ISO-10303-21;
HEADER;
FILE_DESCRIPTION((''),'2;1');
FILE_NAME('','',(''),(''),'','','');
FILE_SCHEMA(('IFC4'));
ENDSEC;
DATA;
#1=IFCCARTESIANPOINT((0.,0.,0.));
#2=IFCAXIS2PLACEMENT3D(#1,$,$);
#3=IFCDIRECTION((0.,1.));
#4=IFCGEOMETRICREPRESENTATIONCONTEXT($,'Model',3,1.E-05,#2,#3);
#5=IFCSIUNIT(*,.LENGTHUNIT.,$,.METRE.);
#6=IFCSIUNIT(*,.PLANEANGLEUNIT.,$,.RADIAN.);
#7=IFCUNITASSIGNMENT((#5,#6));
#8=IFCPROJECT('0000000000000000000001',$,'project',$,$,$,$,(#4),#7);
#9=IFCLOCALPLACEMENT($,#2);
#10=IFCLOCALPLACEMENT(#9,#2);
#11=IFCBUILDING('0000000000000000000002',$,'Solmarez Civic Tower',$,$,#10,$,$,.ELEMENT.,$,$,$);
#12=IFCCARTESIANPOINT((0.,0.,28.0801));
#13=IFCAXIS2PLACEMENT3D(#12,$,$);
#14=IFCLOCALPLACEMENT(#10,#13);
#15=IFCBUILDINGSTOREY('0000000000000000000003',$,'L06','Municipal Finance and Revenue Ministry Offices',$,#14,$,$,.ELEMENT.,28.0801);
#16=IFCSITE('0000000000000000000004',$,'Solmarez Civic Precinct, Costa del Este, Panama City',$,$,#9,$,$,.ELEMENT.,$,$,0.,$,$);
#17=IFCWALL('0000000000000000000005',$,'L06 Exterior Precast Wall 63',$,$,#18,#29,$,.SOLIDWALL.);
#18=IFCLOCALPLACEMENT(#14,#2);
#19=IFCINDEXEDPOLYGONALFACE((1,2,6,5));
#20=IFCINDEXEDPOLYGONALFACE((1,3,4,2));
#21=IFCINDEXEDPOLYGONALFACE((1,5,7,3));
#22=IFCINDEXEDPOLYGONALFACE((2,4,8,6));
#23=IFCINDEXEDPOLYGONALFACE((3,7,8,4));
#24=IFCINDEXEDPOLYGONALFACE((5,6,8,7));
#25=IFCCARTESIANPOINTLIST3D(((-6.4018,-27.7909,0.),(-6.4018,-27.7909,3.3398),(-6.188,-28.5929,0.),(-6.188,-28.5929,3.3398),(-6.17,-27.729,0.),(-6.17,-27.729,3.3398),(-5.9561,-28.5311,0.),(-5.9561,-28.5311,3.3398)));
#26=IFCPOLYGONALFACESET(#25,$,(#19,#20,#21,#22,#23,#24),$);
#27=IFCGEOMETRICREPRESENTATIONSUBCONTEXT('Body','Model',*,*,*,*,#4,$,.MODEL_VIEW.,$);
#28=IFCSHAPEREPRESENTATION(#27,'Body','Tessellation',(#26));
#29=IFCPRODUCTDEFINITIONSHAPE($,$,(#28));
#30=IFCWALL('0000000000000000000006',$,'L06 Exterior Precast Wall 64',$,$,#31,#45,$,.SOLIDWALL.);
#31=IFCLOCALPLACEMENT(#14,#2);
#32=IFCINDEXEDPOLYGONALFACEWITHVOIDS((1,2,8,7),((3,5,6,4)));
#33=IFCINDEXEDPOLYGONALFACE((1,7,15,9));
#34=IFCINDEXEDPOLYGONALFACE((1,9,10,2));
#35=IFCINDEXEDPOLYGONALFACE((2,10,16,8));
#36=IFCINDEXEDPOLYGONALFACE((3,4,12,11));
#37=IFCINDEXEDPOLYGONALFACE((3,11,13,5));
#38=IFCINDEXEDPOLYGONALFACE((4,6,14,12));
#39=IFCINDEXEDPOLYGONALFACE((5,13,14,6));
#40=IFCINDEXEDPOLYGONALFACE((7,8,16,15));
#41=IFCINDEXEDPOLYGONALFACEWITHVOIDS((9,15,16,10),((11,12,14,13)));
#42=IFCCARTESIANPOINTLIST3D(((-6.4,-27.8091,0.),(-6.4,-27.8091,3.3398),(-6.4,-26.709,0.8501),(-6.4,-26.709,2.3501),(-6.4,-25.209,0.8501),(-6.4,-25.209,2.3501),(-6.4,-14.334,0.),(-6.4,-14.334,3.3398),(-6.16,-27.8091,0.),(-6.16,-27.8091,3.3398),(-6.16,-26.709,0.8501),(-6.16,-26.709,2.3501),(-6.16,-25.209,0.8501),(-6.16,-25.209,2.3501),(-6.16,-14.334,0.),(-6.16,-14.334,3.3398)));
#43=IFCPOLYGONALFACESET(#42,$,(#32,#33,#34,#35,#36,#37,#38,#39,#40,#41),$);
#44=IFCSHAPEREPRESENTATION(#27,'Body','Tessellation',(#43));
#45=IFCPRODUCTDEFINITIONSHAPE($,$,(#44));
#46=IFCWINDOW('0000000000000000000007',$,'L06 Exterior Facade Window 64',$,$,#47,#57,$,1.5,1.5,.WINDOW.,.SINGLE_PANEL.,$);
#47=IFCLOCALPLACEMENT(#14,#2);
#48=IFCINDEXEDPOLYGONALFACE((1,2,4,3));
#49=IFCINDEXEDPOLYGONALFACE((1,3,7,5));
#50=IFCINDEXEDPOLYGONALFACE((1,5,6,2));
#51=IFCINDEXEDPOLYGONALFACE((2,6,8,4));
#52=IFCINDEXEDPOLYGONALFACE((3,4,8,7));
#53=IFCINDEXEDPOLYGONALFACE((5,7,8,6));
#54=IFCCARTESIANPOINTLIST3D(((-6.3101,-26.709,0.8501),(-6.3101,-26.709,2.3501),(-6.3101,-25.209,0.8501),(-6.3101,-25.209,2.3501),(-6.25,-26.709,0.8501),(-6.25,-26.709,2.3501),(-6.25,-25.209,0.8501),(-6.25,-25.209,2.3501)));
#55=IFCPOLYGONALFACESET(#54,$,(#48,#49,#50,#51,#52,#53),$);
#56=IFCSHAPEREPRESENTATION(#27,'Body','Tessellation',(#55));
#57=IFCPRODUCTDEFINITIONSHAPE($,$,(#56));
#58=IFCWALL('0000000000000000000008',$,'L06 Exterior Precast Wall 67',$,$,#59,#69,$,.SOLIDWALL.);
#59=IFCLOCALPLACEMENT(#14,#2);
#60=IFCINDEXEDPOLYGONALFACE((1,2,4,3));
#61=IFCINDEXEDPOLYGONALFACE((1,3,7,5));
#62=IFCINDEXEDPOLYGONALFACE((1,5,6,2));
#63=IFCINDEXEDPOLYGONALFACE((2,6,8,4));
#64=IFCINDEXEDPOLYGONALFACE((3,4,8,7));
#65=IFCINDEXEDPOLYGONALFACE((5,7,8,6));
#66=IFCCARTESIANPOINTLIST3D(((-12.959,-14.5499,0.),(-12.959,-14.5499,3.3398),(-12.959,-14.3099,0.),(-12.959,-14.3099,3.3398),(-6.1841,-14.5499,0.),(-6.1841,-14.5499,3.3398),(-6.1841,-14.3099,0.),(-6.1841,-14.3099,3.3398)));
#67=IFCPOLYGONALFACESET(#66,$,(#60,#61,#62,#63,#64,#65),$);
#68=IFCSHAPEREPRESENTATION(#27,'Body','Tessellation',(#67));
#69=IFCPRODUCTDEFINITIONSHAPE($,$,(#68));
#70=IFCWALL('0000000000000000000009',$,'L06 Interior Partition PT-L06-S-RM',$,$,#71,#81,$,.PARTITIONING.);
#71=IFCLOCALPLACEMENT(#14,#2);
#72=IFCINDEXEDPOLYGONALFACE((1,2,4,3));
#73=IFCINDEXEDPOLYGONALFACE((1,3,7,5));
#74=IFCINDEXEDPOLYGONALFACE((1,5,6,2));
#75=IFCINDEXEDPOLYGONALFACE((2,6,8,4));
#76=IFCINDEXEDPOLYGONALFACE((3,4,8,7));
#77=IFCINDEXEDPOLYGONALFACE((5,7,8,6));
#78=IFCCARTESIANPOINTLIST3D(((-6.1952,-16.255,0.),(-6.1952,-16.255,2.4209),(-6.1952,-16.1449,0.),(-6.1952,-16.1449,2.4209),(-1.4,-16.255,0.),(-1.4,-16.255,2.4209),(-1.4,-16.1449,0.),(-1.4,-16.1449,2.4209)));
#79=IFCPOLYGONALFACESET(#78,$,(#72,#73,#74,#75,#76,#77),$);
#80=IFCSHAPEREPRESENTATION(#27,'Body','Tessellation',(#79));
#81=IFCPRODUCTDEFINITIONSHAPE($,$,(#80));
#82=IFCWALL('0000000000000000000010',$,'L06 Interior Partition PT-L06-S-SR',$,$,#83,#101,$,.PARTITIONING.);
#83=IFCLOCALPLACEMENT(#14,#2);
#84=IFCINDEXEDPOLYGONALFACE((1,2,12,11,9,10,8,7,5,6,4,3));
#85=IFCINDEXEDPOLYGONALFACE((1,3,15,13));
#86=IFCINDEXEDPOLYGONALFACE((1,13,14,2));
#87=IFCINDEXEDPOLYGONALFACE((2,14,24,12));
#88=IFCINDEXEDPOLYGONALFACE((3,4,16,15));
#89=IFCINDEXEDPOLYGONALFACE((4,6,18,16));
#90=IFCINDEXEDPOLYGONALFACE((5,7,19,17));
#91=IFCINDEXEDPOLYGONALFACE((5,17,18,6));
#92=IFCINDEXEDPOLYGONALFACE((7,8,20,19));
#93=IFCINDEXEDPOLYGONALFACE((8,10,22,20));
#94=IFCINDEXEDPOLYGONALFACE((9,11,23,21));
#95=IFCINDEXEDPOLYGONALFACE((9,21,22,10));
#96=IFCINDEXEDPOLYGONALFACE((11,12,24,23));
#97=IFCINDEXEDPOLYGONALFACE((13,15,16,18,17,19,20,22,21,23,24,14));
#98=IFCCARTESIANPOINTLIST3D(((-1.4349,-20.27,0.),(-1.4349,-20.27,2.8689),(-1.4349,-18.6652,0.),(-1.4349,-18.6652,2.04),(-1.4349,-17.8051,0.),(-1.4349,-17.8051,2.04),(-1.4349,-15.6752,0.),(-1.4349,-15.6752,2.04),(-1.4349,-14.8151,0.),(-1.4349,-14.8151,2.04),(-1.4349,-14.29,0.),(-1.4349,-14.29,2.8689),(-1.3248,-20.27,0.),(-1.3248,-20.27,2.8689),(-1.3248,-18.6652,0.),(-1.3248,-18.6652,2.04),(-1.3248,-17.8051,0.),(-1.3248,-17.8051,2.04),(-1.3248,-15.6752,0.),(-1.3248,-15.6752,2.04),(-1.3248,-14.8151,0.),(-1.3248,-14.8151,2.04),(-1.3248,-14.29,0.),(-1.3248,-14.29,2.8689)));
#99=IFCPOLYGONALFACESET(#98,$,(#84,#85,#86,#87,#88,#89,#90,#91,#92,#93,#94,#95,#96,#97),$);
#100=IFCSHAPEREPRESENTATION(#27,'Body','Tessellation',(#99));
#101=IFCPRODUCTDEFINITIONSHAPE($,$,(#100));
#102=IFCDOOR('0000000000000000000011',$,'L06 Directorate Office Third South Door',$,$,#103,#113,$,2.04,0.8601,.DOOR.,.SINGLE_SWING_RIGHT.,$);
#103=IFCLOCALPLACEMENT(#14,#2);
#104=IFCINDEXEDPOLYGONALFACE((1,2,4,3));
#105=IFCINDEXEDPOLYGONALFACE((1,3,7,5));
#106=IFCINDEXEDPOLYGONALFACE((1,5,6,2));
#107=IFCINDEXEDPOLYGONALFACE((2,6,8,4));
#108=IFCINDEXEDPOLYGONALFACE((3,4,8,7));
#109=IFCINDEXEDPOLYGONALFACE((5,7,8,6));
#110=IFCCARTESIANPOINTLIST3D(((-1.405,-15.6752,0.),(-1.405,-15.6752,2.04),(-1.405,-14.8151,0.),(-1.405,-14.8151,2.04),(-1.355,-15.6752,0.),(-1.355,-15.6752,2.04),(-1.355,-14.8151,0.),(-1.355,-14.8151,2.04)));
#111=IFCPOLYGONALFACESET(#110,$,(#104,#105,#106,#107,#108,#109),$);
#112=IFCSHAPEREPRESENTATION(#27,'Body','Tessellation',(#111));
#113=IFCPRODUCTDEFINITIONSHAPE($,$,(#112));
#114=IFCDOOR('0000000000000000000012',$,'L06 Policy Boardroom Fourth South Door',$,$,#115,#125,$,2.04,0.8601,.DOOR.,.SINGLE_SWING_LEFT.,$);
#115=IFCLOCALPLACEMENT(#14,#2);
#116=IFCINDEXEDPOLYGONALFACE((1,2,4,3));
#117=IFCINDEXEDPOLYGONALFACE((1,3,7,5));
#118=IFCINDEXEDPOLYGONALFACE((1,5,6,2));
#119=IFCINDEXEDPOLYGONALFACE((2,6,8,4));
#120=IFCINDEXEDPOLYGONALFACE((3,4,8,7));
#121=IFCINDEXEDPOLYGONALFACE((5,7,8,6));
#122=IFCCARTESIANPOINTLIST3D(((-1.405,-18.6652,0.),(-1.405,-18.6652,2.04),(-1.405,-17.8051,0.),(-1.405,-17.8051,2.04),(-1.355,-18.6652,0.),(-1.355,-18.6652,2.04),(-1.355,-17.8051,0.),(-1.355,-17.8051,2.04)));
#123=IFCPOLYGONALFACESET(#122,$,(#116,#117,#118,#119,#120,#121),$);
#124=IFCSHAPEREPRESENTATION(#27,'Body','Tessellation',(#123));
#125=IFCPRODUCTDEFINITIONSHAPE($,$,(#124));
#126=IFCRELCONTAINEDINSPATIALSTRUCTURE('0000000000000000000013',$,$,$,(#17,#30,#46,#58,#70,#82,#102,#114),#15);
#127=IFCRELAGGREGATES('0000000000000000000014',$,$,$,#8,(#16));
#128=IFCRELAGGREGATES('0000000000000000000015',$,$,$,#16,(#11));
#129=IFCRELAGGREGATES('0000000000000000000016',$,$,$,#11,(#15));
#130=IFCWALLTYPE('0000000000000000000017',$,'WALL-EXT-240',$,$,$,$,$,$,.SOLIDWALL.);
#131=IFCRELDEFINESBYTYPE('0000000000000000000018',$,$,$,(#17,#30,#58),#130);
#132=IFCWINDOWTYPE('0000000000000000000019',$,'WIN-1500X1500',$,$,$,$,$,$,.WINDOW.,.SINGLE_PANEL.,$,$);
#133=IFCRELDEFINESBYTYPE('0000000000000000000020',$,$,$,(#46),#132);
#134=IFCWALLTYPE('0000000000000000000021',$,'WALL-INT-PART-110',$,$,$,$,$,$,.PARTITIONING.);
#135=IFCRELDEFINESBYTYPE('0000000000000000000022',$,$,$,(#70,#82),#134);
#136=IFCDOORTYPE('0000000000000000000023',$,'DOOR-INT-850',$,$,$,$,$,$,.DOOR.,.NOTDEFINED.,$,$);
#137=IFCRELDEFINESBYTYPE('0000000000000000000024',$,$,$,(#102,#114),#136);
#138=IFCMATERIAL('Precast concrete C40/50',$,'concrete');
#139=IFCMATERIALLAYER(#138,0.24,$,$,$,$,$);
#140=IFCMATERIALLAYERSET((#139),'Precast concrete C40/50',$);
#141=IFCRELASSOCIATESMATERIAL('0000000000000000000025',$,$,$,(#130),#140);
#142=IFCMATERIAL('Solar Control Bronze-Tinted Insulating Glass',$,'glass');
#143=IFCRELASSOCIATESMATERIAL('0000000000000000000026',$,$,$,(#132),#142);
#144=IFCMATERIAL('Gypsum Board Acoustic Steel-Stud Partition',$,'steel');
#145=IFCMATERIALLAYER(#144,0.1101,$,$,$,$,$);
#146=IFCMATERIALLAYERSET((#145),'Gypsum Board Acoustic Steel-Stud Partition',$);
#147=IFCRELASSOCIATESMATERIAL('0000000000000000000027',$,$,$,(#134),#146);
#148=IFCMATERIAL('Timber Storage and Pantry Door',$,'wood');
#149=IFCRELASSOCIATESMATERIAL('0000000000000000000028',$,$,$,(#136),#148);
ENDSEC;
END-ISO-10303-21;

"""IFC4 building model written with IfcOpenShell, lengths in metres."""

from ifc_helpers import new_model, si_unit, direction, frame, frame_2d, origin, place, context, subcontext, project, spatial, rectangle, extrude, material, layer, layer_set, type_object, element, fill, save


model = new_model("IFC4")

# Units and contexts
model_context = context("Model", 3, precision=1e-05, world=origin(), true_north=direction((0.0, 1.0)))
body_context = subcontext(model_context, "Body", "Model", "MODEL_VIEW")
ifc_project = project(units=[si_unit("LENGTHUNIT", "METRE"), si_unit("PLANEANGLEUNIT", "RADIAN")], contexts=[model_context])

# Site, building, storey
site_placement = place(None, origin())
site = spatial("IfcSite", under=ifc_project, at=site_placement, Name="Solmarez Civic Precinct, Costa del Este, Panama City", CompositionType="ELEMENT", RefElevation=0.0)
building_placement = place(site_placement, origin())
building = spatial("IfcBuilding", under=site, at=building_placement, Name="Solmarez Civic Tower", CompositionType="ELEMENT")
storey_placement = place(building_placement, frame((0.0, 0.0, 28.0801)))
storey = spatial("IfcBuildingStorey", under=building, at=storey_placement, Name="L06", Description="Municipal Finance and Revenue Ministry Offices", CompositionType="ELEMENT", Elevation=28.0801)

# Wall
ifc_material_1 = material(Name="Precast concrete C40/50", Category="concrete")
ifc_layer_1 = layer(ifc_material_1, 0.24)
ifc_layer_set_1 = layer_set([ifc_layer_1], Name="Precast concrete C40/50")
wall_type_1 = type_object("IfcWallType", Name="WALL-EXT-240", PredefinedType="SOLIDWALL", material=ifc_layer_set_1)
wall_1_placement = place(storey_placement, frame((-6.072, -28.562, 0.0), z_axis=(0.0, 0.0, 1.0), x_axis=(-0.257663, 0.966235, 0.0)))
element("IfcWall", 1, at=wall_1_placement, inside=storey, type_object=wall_type_1, Name="L06 Exterior Precast Wall 63", PredefinedType="SOLIDWALL", context=body_context, shape_type="SweptSolid", body=[
    extrude(rectangle(XDim=0.8301, YDim=0.24, at=frame_2d((0.415, 0.0))), origin(), (0.0, 0.0, 1.0), 3.3398),
])

# Wall, opening, window
wall_2_placement = place(storey_placement, frame((-6.28, -27.8091, 0.0), z_axis=(0.0, 0.0, 1.0), x_axis=(0.0, 1.0, 0.0)))
wall_2 = element("IfcWall", 2, at=wall_2_placement, inside=storey, type_object=wall_type_1, Name="L06 Exterior Precast Wall 64", PredefinedType="SOLIDWALL", context=body_context, shape_type="SweptSolid", body=[
    extrude(rectangle(XDim=13.4751, YDim=0.24, at=frame_2d((6.7375, 0.0))), origin(), (0.0, 0.0, 1.0), 3.3398),
])
opening_1_placement = place(wall_2_placement, frame((1.1001, 0.0, 0.8501)))
opening_1 = element("IfcOpeningElement", 3, at=opening_1_placement, cuts=wall_2, PredefinedType="OPENING", context=body_context, shape_type="SweptSolid", body=[
    extrude(rectangle(XDim=1.5, YDim=1.5, at=frame_2d((0.75, 0.75))), frame((0.0, 0.1299, 0.0), z_axis=(0.0, -1.0, 0.0), x_axis=(1.0, 0.0, 0.0)), (0.0, 0.0, 1.0), 0.26),
])
ifc_material_2 = material(Name="Solar Control Bronze-Tinted Insulating Glass", Category="glass")
window_type = type_object("IfcWindowType", Name="WIN-1500X1500", PartitioningType="SINGLE_PANEL", PredefinedType="WINDOW", material=ifc_material_2)
window_placement = place(opening_1_placement, origin())
window = element("IfcWindow", 4, at=window_placement, inside=storey, type_object=window_type, Name="L06 Exterior Facade Window 64", OverallHeight=1.5, OverallWidth=1.5, PartitioningType="SINGLE_PANEL", PredefinedType="WINDOW", context=body_context, shape_type="SweptSolid", body=[
    extrude(rectangle(XDim=1.5, YDim=1.5, at=frame_2d((0.75, 0.75))), frame((0.0, 0.03, 0.0), z_axis=(0.0, -1.0, 0.0), x_axis=(1.0, 0.0, 0.0)), (0.0, 0.0, 1.0), 0.0601),
])
fill(opening_1, window)

# Walls
wall_3_placement = place(storey_placement, frame((-6.1841, -14.4299, 0.0), z_axis=(0.0, 0.0, 1.0), x_axis=(-1.0, 0.0, 0.0)))
element("IfcWall", 5, at=wall_3_placement, inside=storey, type_object=wall_type_1, Name="L06 Exterior Precast Wall 67", PredefinedType="SOLIDWALL", context=body_context, shape_type="SweptSolid", body=[
    extrude(rectangle(XDim=6.7749, YDim=0.24, at=frame_2d((3.3875, 0.0))), origin(), (0.0, 0.0, 1.0), 3.3398),
])
ifc_material_3 = material(Name="Gypsum Board Acoustic Steel-Stud Partition", Category="steel")
ifc_layer_2 = layer(ifc_material_3, 0.1101)
ifc_layer_set_2 = layer_set([ifc_layer_2], Name="Gypsum Board Acoustic Steel-Stud Partition")
wall_type_2 = type_object("IfcWallType", Name="WALL-INT-PART-110", PredefinedType="PARTITIONING", material=ifc_layer_set_2)
wall_4_placement = place(storey_placement, frame((-6.1951, -16.2, 0.0), z_axis=(0.0, 0.0, 1.0), x_axis=(1.0, 0.0, 0.0)))
element("IfcWall", 6, at=wall_4_placement, inside=storey, type_object=wall_type_2, Name="L06 Interior Partition PT-L06-S-RM", PredefinedType="PARTITIONING", context=body_context, shape_type="SweptSolid", body=[
    extrude(rectangle(XDim=4.7952, YDim=0.1101, at=frame_2d((2.3975, 0.0))), origin(), (0.0, 0.0, 1.0), 2.4209),
])

# Wall, openings, doors
wall_5_placement = place(storey_placement, frame((-1.3799, -14.29, 0.0), z_axis=(0.0, 0.0, 1.0), x_axis=(0.0, -1.0, 0.0)))
wall_5 = element("IfcWall", 7, at=wall_5_placement, inside=storey, type_object=wall_type_2, Name="L06 Interior Partition PT-L06-S-SR", PredefinedType="PARTITIONING", context=body_context, shape_type="SweptSolid", body=[
    extrude(rectangle(XDim=5.98, YDim=0.1101, at=frame_2d((2.99, 0.0))), origin(), (0.0, 0.0, 1.0), 2.8689),
])
opening_2_placement = place(wall_5_placement, frame((0.5249, 0.0, 0.0)))
opening_2 = element("IfcOpeningElement", 8, at=opening_2_placement, cuts=wall_5, PredefinedType="OPENING", context=body_context, shape_type="SweptSolid", body=[
    extrude(rectangle(XDim=0.8601, YDim=2.04, at=frame_2d((0.4302, 1.02))), frame((0.0, 0.0649, 0.0), z_axis=(0.0, -1.0, 0.0), x_axis=(1.0, 0.0, 0.0)), (0.0, 0.0, 1.0), 0.1301),
])
opening_3_placement = place(wall_5_placement, frame((3.5149, 0.0, 0.0)))
opening_3 = element("IfcOpeningElement", 9, at=opening_3_placement, cuts=wall_5, PredefinedType="OPENING", context=body_context, shape_type="SweptSolid", body=[
    extrude(rectangle(XDim=0.8601, YDim=2.04, at=frame_2d((0.4302, 1.02))), frame((0.0, 0.0649, 0.0), z_axis=(0.0, -1.0, 0.0), x_axis=(1.0, 0.0, 0.0)), (0.0, 0.0, 1.0), 0.1301),
])
ifc_material_4 = material(Name="Timber Storage and Pantry Door", Category="wood")
door_type = type_object("IfcDoorType", Name="DOOR-INT-850", OperationType="NOTDEFINED", PredefinedType="DOOR", material=ifc_material_4)
door_1_placement = place(opening_2_placement, origin())
door_1 = element("IfcDoor", 10, at=door_1_placement, inside=storey, type_object=door_type, Name="L06 Directorate Office Third South Door", OperationType="SINGLE_SWING_RIGHT", OverallHeight=2.04, OverallWidth=0.8601, PredefinedType="DOOR", context=body_context, shape_type="SweptSolid", body=[
    extrude(rectangle(XDim=0.8601, YDim=2.04, at=frame_2d((0.4302, 1.02))), frame((0.0, 0.0249, 0.0), z_axis=(0.0, -1.0, 0.0), x_axis=(1.0, 0.0, 0.0)), (0.0, 0.0, 1.0), 0.05),
])
fill(opening_2, door_1)
door_2_placement = place(opening_3_placement, origin())
door_2 = element("IfcDoor", 11, at=door_2_placement, inside=storey, type_object=door_type, Name="L06 Policy Boardroom Fourth South Door", OperationType="SINGLE_SWING_LEFT", OverallHeight=2.04, OverallWidth=0.8601, PredefinedType="DOOR", context=body_context, shape_type="SweptSolid", body=[
    extrude(rectangle(XDim=0.8601, YDim=2.04, at=frame_2d((0.4302, 1.02))), frame((0.0, 0.0249, 0.0), z_axis=(0.0, -1.0, 0.0), x_axis=(1.0, 0.0, 0.0)), (0.0, 0.0, 1.0), 0.05),
])
fill(opening_3, door_2)

save(model, "model.ifc")
